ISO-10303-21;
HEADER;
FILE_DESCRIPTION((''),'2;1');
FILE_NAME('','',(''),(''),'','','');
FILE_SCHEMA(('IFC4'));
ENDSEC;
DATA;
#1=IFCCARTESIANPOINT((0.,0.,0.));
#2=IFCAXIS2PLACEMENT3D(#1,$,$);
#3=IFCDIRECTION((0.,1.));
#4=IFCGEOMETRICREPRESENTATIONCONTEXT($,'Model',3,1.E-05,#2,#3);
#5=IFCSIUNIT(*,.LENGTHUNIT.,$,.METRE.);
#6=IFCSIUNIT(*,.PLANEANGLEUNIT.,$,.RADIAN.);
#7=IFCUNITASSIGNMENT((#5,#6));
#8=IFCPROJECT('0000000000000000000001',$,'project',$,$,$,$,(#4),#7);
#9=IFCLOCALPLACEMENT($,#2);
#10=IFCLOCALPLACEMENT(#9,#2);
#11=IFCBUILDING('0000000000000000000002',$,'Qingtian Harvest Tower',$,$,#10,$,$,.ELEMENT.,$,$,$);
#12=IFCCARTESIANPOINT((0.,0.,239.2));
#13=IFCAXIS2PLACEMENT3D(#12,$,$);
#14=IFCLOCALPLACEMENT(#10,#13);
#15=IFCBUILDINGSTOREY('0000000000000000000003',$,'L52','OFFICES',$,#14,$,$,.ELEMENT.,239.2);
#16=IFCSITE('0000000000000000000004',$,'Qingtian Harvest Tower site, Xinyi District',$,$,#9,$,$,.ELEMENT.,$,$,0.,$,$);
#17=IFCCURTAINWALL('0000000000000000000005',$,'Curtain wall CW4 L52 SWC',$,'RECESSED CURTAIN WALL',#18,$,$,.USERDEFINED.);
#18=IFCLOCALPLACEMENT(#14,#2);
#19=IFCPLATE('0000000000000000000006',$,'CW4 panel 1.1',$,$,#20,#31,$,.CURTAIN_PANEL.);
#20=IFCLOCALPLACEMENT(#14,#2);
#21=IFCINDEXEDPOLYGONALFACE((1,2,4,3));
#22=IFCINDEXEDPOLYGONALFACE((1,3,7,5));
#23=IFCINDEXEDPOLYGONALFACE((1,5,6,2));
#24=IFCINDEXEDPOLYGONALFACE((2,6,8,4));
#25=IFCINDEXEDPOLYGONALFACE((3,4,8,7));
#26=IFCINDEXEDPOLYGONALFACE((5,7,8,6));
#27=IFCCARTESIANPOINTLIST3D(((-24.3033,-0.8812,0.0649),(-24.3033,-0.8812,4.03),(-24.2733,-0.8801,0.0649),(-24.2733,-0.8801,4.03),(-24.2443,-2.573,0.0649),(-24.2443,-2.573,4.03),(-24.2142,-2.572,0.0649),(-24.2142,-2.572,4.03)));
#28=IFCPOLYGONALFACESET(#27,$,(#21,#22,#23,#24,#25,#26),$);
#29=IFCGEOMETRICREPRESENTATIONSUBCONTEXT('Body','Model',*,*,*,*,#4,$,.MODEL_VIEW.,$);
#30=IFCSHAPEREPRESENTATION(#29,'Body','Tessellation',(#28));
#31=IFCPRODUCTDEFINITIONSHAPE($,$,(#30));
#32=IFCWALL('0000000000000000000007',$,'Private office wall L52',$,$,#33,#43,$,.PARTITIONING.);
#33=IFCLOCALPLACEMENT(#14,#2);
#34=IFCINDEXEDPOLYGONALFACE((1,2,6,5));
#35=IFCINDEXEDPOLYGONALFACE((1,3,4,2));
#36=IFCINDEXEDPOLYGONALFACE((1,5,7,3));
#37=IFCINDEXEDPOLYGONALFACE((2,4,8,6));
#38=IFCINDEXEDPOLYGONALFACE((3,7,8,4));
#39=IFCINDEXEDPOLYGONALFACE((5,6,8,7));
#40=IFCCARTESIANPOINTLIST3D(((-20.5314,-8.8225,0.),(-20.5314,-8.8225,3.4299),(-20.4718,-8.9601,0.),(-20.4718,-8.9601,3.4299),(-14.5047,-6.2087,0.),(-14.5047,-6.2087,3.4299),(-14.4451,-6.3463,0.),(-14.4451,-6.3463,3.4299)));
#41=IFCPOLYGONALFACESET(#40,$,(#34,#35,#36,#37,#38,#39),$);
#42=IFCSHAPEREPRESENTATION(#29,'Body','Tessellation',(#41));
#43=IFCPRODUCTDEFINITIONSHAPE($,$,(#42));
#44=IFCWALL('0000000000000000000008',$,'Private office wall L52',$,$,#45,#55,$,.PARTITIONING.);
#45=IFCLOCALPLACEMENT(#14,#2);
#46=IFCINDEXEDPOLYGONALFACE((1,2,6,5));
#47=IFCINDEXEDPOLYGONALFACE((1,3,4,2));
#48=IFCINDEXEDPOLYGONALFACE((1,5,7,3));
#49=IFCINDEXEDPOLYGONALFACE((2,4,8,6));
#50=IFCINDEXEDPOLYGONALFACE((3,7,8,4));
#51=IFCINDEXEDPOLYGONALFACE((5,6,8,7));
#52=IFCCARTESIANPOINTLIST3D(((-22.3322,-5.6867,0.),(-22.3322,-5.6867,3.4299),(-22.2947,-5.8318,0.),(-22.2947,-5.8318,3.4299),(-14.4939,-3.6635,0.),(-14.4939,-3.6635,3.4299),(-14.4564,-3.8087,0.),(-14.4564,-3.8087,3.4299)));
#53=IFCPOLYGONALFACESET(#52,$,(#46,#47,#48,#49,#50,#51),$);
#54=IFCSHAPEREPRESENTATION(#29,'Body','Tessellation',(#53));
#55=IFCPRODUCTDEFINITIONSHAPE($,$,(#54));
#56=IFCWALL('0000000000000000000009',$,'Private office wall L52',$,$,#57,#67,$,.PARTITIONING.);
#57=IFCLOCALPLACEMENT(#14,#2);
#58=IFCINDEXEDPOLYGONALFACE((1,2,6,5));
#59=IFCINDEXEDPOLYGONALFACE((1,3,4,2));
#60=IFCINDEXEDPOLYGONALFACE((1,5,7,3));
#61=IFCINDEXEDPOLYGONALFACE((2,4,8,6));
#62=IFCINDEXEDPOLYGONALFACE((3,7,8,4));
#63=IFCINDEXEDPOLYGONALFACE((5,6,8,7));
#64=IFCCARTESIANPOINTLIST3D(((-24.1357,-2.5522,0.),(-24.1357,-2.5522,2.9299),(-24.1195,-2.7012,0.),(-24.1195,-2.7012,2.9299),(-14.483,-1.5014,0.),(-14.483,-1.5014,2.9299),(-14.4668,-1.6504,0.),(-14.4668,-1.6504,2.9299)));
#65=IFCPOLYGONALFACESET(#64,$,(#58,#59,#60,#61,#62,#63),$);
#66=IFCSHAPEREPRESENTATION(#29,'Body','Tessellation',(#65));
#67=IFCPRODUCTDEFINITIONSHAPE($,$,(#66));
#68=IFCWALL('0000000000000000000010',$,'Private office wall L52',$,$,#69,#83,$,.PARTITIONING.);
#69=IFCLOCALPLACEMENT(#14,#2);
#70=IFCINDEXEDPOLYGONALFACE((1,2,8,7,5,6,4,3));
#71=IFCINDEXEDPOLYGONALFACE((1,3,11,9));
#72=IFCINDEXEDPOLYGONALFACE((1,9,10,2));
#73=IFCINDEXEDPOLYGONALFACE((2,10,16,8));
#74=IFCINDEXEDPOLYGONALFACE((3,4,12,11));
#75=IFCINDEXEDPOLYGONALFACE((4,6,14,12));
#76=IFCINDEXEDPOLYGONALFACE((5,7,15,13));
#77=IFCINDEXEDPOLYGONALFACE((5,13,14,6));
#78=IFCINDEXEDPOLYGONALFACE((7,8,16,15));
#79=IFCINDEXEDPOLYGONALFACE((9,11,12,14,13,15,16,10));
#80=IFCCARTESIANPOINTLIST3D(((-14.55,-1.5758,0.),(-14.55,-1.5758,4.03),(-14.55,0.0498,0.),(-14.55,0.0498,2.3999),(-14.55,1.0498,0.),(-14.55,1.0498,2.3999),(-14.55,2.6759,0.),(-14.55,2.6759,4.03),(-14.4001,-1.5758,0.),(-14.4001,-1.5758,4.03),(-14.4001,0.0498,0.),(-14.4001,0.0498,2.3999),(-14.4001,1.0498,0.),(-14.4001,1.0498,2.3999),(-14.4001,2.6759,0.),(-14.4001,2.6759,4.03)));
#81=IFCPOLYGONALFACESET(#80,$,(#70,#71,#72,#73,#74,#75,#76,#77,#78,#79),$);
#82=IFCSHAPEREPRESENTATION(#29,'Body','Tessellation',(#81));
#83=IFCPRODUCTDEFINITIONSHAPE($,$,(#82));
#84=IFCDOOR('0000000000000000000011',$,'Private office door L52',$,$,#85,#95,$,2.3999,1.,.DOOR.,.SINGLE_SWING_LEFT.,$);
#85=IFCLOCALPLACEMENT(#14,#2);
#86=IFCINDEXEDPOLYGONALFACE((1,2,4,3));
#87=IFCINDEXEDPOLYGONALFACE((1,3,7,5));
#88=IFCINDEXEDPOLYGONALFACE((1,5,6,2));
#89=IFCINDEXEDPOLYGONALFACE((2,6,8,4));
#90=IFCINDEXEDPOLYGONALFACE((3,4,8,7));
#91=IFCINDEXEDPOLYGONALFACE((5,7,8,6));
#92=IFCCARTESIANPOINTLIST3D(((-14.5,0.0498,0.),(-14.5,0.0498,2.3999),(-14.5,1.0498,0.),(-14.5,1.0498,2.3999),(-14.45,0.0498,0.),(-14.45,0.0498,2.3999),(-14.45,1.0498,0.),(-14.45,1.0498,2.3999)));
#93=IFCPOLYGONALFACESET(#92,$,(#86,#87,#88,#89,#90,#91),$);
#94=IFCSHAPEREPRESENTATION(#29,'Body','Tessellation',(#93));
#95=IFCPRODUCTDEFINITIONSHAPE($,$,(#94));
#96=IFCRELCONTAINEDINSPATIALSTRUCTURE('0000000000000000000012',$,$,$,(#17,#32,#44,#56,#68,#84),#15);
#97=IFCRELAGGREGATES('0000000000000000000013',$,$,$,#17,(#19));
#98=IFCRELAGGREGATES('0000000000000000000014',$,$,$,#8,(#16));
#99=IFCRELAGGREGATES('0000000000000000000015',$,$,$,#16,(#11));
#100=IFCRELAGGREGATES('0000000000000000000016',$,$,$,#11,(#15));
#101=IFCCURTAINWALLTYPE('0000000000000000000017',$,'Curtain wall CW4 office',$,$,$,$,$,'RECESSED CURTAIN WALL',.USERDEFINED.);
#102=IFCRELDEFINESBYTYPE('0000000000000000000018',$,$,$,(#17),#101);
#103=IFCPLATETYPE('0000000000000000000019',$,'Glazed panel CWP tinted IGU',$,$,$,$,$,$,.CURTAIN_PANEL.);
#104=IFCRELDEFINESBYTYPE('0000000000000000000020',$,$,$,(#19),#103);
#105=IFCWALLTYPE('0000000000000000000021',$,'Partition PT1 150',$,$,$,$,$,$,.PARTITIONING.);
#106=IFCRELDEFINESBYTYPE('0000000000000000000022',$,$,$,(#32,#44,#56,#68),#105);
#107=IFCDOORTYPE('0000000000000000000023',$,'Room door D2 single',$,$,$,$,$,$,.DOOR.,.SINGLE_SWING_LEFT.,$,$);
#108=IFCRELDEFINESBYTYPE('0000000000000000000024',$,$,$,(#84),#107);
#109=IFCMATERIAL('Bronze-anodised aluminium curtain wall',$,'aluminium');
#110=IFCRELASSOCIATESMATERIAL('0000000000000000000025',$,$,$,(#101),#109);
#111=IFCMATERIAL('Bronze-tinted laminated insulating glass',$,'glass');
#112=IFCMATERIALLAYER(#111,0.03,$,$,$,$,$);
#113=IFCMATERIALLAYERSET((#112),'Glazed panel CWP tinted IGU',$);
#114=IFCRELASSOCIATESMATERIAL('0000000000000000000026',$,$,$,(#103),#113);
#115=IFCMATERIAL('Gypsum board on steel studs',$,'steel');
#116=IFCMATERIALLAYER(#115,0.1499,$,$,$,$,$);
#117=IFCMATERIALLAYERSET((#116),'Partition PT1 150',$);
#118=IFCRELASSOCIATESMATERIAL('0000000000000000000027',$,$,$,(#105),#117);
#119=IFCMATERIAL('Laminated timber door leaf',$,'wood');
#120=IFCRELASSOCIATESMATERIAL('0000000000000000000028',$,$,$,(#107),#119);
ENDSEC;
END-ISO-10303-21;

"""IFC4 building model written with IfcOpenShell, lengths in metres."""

from ifc_helpers import new_model, si_unit, direction, frame, frame_2d, origin, origin_2d, place, context, subcontext, project, spatial, rectangle, extrude, material, layer, layer_set, type_object, element, fill, aggregate, save


model = new_model("IFC4")

# Units and contexts
model_context = context("Model", 3, precision=1e-05, world=origin(), true_north=direction((0.0, 1.0)))
body_context = subcontext(model_context, "Body", "Model", "MODEL_VIEW")
ifc_project = project(units=[si_unit("LENGTHUNIT", "METRE"), si_unit("PLANEANGLEUNIT", "RADIAN")], contexts=[model_context])

# Site, building, storey
site_placement = place(None, origin())
site = spatial("IfcSite", under=ifc_project, at=site_placement, Name="Qingtian Harvest Tower site, Xinyi District", CompositionType="ELEMENT", RefElevation=0.0)
building_placement = place(site_placement, origin())
building = spatial("IfcBuilding", under=site, at=building_placement, Name="Qingtian Harvest Tower", CompositionType="ELEMENT")
storey_placement = place(building_placement, frame((0.0, 0.0, 239.2)))
storey = spatial("IfcBuildingStorey", under=building, at=storey_placement, Name="L52", Description="OFFICES", CompositionType="ELEMENT", Elevation=239.2)

# Curtain wall
ifc_material_1 = material(Name="Bronze-anodised aluminium curtain wall", Category="aluminium")
curtain_wall_type = type_object("IfcCurtainWallType", Name="Curtain wall CW4 office", ElementType="RECESSED CURTAIN WALL", PredefinedType="USERDEFINED", material=ifc_material_1)
curtain_wall_1_placement = place(storey_placement, origin())
curtain_wall_1 = element("IfcCurtainWall", 1, at=curtain_wall_1_placement, inside=storey, type_object=curtain_wall_type, Name="Curtain wall CW4 L52 SWC", ObjectType="RECESSED CURTAIN WALL", PredefinedType="USERDEFINED")

# Plate
ifc_material_2 = material(Name="Bronze-tinted laminated insulating glass", Category="glass")
ifc_layer_1 = layer(ifc_material_2, 0.03)
ifc_layer_set_1 = layer_set([ifc_layer_1], Name="Glazed panel CWP tinted IGU")
plate_type = type_object("IfcPlateType", Name="Glazed panel CWP tinted IGU", PredefinedType="CURTAIN_PANEL", material=ifc_layer_set_1)
plate_1_placement = place(storey_placement, frame((-24.2588, -1.7266, 0.0649), z_axis=(0.0, 0.0, 1.0), x_axis=(-0.034899, 0.999391, 0.0)))
plate_1 = element("IfcPlate", 2, at=plate_1_placement, type_object=plate_type, Name="CW4 panel 1.1", PredefinedType="CURTAIN_PANEL", context=body_context, shape_type="SweptSolid", body=[
    extrude(rectangle(XDim=1.6929, YDim=0.03, at=origin_2d()), origin(), (0.0, 0.0, 1.0), 3.9651),
])
aggregate(curtain_wall_1, [plate_1])

# Shared definitions
ifc_material_3 = material(Name="Gypsum board on steel studs", Category="steel")
ifc_layer_2 = layer(ifc_material_3, 0.1499)
ifc_layer_set_2 = layer_set([ifc_layer_2], Name="Partition PT1 150")
wall_type = type_object("IfcWallType", Name="Partition PT1 150", PredefinedType="PARTITIONING", material=ifc_layer_set_2)
ifc_material_4 = material(Name="Laminated timber door leaf", Category="wood")
door_type = type_object("IfcDoorType", Name="Room door D2 single", OperationType="SINGLE_SWING_LEFT", PredefinedType="DOOR", material=ifc_material_4)

# Wall
wall_1_placement = place(storey_placement, frame((-20.5017, -8.8914, 0.0), z_axis=(0.0, 0.0, 1.0), x_axis=(0.917431, 0.397894, 0.0)))
element("IfcWall", 3, at=wall_1_placement, inside=storey, type_object=wall_type, Name="Private office wall L52", PredefinedType="PARTITIONING", context=body_context, shape_type="SweptSolid", body=[
    extrude(rectangle(XDim=6.5691, YDim=0.1499, at=frame_2d((3.2847, 0.0))), origin(), (0.0, 0.0, 1.0), 3.4299),
])

# Wall
wall_2_placement = place(storey_placement, frame((-22.3135, -5.7593, 0.0), z_axis=(0.0, 0.0, 1.0), x_axis=(0.968266, 0.249923, 0.0)))
element("IfcWall", 4, at=wall_2_placement, inside=storey, type_object=wall_type, Name="Private office wall L52", PredefinedType="PARTITIONING", context=body_context, shape_type="SweptSolid", body=[
    extrude(rectangle(XDim=8.0952, YDim=0.1499, at=frame_2d((4.0476, 0.0))), origin(), (0.0, 0.0, 1.0), 3.4299),
])

# Wall
wall_3_placement = place(storey_placement, frame((-24.1277, -2.6267, 0.0), z_axis=(0.0, 0.0, 1.0), x_axis=(0.994127, 0.108221, 0.0)))
element("IfcWall", 5, at=wall_3_placement, inside=storey, type_object=wall_type, Name="Private office wall L52", PredefinedType="PARTITIONING", context=body_context, shape_type="SweptSolid", body=[
    extrude(rectangle(XDim=9.7097, YDim=0.1499, at=frame_2d((4.855, 0.0))), origin(), (0.0, 0.0, 1.0), 2.9299),
])

# Wall, opening, door
wall_4_placement = place(storey_placement, frame((-14.4751, -1.5759, 0.0), z_axis=(0.0, 0.0, 1.0), x_axis=(0.0, 1.0, 0.0)))
wall_4 = element("IfcWall", 6, at=wall_4_placement, inside=storey, type_object=wall_type, Name="Private office wall L52", PredefinedType="PARTITIONING", context=body_context, shape_type="SweptSolid", body=[
    extrude(rectangle(XDim=4.2517, YDim=0.1499, at=frame_2d((2.126, 0.0))), origin(), (0.0, 0.0, 1.0), 4.03),
])
opening_1_placement = place(wall_4_placement, frame((1.6257, 0.0, 0.0)))
opening_1 = element("IfcOpeningElement", 7, at=opening_1_placement, cuts=wall_4, PredefinedType="OPENING", context=body_context, shape_type="SweptSolid", body=[
    extrude(rectangle(XDim=1.0, YDim=2.3999, at=frame_2d((0.5, 1.2))), frame((0.0, 0.085, 0.0), z_axis=(0.0, -1.0, 0.0), x_axis=(1.0, 0.0, 0.0)), (0.0, 0.0, 1.0), 0.1699),
])
door_1_placement = place(opening_1_placement, origin())
door_1 = element("IfcDoor", 8, at=door_1_placement, inside=storey, type_object=door_type, Name="Private office door L52", OperationType="SINGLE_SWING_LEFT", OverallHeight=2.3999, OverallWidth=1.0, PredefinedType="DOOR", context=body_context, shape_type="SweptSolid", body=[
    extrude(rectangle(XDim=1.0, YDim=2.3999, at=frame_2d((0.5, 1.2))), frame((0.0, 0.0249, 0.0), z_axis=(0.0, -1.0, 0.0), x_axis=(1.0, 0.0, 0.0)), (0.0, 0.0, 1.0), 0.05),
])
fill(opening_1, door_1)

save(model, "model.ifc")
